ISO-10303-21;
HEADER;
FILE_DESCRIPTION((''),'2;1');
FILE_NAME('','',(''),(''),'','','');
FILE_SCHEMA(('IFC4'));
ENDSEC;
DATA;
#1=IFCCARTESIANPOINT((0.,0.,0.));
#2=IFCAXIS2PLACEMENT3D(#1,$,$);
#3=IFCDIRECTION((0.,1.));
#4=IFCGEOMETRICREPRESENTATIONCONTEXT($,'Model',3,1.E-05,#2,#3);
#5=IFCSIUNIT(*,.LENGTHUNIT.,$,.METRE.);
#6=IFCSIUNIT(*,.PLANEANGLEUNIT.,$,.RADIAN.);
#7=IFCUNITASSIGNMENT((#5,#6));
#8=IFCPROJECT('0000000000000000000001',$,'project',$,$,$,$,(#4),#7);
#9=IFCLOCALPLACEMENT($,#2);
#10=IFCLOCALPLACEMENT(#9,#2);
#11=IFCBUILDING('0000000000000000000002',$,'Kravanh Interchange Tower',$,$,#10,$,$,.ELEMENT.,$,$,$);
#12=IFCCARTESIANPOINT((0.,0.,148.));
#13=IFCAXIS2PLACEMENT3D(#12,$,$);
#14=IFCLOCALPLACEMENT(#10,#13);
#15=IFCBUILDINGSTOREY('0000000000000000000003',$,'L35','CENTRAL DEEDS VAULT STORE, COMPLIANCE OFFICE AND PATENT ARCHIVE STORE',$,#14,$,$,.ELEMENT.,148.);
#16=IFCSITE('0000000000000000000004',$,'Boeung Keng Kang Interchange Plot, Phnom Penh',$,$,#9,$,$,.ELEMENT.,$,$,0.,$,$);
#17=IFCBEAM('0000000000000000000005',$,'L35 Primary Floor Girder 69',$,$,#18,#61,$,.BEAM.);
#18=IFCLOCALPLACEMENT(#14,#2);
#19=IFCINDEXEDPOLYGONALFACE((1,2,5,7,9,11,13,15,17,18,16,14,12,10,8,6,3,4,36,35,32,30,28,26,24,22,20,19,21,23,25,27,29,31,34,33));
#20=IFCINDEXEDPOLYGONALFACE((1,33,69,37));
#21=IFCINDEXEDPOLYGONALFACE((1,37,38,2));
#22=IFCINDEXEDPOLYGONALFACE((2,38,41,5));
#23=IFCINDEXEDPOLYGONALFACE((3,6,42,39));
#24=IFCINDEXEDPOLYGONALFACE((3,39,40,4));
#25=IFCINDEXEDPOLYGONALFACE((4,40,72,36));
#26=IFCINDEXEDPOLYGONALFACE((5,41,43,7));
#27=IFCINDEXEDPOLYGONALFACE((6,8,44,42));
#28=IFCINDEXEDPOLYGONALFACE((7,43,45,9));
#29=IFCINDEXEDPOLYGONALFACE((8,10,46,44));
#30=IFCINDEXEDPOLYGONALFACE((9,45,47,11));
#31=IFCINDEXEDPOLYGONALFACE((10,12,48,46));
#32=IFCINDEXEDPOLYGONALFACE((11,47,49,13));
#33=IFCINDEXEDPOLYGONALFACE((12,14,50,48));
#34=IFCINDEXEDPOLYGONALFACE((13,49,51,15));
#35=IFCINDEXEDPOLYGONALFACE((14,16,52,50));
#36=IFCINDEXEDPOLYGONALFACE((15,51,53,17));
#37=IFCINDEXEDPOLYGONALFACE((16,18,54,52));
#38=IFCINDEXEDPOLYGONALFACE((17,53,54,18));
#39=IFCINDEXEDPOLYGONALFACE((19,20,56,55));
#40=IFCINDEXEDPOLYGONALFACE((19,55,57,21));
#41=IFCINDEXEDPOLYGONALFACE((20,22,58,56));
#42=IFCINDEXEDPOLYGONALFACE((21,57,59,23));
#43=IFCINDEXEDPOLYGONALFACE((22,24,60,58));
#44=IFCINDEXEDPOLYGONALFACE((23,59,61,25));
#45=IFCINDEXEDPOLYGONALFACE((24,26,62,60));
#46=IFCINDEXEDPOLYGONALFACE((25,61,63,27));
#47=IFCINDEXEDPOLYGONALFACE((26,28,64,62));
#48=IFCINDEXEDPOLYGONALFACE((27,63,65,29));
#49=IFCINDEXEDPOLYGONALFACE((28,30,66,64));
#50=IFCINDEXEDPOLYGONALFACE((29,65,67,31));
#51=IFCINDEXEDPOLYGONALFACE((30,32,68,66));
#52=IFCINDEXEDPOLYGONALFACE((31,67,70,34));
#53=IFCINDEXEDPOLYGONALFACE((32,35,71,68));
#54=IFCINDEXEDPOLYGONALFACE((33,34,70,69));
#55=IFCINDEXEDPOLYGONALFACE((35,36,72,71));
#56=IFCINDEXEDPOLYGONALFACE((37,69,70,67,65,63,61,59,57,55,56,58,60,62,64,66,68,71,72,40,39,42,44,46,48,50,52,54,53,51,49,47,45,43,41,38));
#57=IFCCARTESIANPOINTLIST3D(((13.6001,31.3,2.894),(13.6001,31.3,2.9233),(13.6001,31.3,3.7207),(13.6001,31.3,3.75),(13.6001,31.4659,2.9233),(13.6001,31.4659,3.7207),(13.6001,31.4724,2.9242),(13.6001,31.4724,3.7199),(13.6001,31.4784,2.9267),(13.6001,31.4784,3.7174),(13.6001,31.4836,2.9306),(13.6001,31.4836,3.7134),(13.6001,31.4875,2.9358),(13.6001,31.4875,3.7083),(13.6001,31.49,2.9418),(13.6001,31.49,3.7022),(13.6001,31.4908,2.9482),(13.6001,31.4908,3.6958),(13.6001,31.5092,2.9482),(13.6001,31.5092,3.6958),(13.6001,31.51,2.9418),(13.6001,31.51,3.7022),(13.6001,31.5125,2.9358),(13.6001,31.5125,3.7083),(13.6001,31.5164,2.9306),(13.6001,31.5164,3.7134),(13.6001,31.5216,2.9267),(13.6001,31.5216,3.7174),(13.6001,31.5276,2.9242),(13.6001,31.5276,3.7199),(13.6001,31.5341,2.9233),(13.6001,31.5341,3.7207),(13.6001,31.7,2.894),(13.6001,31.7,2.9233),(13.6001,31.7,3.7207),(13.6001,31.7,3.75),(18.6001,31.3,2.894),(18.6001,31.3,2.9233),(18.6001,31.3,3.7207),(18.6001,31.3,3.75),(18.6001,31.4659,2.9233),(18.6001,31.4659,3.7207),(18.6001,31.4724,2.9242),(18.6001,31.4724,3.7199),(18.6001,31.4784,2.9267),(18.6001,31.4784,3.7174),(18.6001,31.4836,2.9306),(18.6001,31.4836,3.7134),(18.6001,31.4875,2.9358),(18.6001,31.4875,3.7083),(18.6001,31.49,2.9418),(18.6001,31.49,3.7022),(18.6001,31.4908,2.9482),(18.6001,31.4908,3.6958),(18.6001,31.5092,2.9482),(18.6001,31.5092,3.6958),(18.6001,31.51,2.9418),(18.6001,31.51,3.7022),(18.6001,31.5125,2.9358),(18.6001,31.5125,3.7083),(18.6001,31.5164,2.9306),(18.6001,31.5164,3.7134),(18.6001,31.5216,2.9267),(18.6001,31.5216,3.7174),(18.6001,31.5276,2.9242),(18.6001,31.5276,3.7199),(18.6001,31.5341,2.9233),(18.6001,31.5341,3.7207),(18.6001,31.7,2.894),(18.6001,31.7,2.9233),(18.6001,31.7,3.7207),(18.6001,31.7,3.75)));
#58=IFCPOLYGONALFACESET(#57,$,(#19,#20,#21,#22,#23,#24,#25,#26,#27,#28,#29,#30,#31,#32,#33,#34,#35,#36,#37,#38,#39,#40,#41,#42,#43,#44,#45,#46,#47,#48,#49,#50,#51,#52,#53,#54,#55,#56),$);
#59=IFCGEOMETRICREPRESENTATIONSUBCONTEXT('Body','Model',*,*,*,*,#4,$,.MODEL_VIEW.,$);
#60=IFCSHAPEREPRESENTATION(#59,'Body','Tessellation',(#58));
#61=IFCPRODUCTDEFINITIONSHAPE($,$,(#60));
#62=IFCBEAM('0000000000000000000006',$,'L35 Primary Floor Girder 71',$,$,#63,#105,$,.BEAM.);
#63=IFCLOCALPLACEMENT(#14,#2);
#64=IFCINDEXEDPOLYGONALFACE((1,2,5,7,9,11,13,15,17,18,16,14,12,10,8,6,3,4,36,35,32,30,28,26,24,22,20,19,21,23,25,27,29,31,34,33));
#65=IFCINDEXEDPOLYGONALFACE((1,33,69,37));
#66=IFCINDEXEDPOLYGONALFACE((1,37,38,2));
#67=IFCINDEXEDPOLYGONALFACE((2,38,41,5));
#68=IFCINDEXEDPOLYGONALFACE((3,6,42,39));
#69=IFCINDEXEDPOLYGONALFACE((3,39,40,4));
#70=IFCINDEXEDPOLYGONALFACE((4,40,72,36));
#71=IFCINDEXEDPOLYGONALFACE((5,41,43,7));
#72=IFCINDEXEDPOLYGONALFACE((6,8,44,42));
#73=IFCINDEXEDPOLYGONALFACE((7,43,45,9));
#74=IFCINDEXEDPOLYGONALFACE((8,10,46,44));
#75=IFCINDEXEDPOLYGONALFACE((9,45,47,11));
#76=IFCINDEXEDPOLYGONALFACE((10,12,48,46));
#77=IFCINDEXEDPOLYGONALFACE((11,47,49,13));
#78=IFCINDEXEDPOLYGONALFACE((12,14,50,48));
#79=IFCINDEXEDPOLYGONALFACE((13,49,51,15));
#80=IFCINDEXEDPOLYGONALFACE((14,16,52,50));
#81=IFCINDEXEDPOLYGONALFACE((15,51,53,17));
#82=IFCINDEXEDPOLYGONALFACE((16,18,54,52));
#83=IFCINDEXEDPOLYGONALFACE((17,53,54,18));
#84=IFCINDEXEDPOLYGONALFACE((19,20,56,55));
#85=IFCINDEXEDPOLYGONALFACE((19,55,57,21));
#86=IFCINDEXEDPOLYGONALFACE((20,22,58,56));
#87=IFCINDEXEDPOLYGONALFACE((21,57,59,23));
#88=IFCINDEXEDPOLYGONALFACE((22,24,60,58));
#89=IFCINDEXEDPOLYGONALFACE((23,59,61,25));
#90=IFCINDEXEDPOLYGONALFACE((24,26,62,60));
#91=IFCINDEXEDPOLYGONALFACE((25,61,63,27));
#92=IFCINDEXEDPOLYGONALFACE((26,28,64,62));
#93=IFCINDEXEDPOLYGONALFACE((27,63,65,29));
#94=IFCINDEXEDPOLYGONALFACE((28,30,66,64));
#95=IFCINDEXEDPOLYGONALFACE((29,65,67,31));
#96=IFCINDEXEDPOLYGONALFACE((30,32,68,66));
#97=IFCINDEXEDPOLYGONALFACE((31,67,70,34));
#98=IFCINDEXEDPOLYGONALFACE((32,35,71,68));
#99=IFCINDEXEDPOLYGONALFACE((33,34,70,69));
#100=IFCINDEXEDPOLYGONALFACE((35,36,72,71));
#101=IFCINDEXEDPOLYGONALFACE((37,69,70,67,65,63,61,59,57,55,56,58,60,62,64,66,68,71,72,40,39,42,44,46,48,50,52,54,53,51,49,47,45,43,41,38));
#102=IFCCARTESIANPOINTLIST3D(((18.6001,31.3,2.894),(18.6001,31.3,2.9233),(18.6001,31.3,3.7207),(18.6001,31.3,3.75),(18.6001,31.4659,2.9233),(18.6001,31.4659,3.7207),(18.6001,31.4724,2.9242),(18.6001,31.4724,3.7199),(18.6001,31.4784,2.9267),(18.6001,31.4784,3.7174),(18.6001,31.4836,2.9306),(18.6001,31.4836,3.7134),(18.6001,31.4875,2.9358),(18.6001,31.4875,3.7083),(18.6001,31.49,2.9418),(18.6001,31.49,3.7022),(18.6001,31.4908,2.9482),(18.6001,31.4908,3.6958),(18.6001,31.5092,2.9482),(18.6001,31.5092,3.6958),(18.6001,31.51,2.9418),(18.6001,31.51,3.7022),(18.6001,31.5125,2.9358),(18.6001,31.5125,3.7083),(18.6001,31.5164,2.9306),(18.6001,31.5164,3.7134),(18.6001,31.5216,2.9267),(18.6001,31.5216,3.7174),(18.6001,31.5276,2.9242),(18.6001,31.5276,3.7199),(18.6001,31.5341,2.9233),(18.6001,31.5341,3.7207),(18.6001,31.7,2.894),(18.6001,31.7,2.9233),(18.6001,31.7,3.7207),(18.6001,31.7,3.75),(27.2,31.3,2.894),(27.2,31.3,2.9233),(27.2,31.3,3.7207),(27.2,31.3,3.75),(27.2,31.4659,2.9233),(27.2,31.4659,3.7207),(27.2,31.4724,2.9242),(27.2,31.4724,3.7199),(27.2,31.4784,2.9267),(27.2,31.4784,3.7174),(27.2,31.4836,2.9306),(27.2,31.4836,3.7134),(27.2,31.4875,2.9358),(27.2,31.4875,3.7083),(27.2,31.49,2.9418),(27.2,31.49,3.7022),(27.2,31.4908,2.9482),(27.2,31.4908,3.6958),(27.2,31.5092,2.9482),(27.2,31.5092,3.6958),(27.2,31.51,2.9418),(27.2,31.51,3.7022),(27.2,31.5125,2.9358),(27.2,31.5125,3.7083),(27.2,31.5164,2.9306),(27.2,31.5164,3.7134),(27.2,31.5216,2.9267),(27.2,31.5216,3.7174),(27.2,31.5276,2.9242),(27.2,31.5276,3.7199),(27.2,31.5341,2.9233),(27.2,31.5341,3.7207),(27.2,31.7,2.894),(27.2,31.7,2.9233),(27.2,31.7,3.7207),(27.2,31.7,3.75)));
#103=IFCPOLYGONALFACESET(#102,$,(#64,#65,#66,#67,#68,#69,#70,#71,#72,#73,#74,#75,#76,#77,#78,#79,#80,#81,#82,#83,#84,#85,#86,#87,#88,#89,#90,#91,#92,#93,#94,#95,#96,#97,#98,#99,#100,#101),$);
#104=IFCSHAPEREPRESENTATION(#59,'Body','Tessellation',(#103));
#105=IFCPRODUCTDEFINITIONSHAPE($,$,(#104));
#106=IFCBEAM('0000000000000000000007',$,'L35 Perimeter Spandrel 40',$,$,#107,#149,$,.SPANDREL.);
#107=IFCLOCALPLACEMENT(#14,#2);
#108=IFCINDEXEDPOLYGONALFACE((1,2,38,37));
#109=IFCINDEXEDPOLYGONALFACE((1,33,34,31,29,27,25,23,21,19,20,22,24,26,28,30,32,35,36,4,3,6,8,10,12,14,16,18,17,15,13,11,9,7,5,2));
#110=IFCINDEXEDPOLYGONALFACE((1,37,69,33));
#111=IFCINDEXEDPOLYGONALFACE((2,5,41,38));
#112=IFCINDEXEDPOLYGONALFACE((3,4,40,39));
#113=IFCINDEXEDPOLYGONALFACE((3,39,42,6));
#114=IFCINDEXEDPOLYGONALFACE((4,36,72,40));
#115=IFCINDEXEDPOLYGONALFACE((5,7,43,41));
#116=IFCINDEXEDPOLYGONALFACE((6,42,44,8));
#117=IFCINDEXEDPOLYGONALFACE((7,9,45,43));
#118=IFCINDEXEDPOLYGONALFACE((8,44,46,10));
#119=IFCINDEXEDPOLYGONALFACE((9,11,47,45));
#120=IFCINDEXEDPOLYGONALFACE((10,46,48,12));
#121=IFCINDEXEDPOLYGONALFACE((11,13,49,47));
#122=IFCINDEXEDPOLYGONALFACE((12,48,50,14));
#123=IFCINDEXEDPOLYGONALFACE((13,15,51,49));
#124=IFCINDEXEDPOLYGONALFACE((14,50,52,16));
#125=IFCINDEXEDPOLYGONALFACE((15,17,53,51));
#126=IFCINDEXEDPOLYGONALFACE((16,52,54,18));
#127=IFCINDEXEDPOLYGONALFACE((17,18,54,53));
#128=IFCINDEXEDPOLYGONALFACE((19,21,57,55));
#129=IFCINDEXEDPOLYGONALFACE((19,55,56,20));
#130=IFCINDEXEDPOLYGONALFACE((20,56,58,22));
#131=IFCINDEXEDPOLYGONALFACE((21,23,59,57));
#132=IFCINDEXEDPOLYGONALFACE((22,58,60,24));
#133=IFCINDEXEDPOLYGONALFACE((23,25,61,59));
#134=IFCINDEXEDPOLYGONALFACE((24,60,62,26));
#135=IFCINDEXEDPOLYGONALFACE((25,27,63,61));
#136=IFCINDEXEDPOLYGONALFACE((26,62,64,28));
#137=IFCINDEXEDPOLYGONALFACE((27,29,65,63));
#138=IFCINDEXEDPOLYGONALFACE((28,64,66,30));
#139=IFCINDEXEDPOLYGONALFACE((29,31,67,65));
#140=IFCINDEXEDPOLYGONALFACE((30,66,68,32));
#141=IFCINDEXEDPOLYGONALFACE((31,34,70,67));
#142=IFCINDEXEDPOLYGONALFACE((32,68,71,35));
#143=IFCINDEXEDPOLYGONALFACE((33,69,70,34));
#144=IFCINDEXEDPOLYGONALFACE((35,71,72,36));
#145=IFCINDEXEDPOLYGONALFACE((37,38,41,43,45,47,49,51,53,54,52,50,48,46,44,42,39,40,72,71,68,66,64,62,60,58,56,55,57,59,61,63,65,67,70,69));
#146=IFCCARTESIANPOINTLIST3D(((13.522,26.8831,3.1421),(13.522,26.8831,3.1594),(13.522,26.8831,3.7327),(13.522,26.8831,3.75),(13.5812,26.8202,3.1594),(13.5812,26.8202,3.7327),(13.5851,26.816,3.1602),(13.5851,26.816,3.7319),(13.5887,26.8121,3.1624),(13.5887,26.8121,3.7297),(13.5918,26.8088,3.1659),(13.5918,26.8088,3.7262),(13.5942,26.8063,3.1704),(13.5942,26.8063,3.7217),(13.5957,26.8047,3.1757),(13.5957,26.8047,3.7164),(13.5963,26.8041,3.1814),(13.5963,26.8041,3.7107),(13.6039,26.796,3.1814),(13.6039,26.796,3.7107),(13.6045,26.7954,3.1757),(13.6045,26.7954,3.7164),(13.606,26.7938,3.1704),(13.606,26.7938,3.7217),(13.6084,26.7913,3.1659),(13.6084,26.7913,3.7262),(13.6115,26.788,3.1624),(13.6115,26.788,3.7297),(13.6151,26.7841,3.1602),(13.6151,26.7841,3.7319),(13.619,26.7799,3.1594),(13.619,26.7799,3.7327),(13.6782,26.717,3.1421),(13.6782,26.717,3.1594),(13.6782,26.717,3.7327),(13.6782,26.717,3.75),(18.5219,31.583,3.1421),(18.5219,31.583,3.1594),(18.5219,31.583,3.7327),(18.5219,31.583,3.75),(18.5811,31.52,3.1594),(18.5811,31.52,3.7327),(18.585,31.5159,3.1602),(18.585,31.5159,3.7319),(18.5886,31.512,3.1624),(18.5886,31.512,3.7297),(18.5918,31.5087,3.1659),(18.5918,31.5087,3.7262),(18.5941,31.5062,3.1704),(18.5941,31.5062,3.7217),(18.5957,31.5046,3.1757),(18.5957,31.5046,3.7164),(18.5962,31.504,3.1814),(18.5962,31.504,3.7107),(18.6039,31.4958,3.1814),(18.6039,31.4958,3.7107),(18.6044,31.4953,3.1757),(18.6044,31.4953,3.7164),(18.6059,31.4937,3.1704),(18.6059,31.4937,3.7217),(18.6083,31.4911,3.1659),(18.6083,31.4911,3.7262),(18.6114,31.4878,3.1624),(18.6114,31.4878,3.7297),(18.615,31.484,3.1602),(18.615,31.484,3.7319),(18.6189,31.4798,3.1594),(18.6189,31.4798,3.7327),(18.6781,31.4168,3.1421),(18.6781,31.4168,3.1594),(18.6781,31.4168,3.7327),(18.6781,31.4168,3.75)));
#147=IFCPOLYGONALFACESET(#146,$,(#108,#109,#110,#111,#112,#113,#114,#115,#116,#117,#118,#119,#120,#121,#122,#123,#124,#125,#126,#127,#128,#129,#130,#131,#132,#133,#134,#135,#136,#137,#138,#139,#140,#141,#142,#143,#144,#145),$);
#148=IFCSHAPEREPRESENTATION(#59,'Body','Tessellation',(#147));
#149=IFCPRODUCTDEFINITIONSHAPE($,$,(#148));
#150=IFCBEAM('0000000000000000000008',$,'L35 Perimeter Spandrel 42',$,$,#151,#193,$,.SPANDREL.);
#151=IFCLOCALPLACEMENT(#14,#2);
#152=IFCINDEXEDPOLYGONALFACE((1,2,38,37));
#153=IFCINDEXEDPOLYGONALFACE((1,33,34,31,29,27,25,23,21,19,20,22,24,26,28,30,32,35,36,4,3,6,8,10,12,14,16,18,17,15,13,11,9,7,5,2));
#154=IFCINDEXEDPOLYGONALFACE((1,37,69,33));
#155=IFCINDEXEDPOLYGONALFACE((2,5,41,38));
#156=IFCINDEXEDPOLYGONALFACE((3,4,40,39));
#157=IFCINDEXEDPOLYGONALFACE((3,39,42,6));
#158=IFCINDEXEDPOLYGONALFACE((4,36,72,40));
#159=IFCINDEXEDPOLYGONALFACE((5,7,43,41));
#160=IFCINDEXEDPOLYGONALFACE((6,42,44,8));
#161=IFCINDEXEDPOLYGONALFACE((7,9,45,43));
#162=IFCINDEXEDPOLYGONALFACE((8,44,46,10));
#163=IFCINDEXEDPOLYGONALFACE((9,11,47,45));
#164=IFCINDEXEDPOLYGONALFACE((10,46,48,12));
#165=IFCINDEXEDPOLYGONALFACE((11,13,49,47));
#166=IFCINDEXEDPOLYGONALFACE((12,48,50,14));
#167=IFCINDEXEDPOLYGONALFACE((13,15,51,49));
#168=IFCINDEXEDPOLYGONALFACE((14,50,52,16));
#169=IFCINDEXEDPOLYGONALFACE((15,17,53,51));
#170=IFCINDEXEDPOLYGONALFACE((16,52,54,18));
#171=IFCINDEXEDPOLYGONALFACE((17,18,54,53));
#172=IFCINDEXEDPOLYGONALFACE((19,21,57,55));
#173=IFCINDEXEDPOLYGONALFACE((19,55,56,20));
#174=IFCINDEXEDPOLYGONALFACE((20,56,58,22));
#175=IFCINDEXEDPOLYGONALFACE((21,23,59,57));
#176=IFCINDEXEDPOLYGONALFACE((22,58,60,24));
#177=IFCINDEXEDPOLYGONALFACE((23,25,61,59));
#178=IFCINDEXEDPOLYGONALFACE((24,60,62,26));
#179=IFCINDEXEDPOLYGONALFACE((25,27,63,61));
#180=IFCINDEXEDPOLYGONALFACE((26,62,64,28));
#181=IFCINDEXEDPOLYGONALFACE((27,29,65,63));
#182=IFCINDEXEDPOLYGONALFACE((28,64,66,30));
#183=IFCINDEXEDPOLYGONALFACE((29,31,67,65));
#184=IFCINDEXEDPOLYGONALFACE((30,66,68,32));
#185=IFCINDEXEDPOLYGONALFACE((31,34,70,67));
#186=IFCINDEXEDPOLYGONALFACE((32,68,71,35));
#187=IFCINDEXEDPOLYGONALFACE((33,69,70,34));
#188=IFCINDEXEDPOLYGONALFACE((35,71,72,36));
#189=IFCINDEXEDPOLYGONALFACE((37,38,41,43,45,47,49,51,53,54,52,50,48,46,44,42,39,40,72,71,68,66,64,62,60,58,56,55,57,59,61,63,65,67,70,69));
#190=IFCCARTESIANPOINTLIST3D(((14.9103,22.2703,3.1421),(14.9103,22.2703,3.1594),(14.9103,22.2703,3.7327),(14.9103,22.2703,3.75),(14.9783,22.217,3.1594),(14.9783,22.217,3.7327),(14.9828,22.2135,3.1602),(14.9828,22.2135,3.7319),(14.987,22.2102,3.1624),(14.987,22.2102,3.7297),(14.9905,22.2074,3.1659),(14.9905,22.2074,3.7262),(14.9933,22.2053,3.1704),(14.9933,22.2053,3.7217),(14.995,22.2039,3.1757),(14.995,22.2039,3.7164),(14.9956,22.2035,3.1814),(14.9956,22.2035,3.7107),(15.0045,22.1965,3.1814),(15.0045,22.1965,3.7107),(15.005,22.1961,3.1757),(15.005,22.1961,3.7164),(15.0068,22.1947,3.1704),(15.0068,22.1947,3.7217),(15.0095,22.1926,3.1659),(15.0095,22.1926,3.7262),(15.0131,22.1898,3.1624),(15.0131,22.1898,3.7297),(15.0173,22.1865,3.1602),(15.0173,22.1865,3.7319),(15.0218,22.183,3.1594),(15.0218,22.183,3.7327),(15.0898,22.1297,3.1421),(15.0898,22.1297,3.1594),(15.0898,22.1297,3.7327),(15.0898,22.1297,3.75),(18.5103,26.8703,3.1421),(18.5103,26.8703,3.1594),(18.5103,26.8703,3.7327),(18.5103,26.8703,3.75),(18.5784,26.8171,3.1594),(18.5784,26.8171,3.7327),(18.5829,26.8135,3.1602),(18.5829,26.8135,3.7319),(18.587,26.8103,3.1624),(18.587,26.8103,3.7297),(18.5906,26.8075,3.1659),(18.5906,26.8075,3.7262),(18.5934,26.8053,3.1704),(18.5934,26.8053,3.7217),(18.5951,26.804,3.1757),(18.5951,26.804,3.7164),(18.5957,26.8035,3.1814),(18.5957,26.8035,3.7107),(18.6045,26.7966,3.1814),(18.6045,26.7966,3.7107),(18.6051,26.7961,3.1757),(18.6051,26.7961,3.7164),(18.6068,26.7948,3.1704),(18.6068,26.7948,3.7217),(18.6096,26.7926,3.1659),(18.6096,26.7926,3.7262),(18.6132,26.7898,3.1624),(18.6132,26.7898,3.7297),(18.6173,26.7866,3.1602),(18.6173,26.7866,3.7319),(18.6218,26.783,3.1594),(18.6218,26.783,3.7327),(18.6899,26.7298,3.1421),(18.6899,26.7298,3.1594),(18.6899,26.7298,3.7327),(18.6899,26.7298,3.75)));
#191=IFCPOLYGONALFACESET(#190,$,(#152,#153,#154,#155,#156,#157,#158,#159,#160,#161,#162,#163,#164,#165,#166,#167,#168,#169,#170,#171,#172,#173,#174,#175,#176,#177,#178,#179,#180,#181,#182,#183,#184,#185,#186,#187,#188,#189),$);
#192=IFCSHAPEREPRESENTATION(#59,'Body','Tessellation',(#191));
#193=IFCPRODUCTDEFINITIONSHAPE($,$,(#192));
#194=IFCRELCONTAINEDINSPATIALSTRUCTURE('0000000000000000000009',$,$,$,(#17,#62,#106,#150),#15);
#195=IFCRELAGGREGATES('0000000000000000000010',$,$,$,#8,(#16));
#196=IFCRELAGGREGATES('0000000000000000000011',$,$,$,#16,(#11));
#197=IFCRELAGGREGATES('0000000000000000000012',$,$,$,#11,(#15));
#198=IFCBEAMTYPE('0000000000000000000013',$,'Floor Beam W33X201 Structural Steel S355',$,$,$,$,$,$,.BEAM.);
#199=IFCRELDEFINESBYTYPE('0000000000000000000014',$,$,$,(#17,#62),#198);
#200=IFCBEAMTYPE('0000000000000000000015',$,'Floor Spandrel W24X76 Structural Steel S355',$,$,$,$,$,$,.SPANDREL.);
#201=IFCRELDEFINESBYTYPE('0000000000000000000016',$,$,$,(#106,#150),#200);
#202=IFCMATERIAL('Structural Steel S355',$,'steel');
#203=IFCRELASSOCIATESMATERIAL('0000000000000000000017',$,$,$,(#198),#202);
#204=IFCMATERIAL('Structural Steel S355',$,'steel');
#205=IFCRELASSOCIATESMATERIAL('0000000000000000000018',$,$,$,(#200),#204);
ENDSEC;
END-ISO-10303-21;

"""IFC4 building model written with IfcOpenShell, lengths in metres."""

from ifc_helpers import new_model, si_unit, direction, frame, origin, origin_2d, place, context, subcontext, project, spatial, i_section, extrude, material, material_profile, profile_set, type_object, element, save


model = new_model("IFC4")

# Units and contexts
model_context = context("Model", 3, precision=1e-05, world=origin(), true_north=direction((0.0, 1.0)))
body_context = subcontext(model_context, "Body", "Model", "MODEL_VIEW")
ifc_project = project(units=[si_unit("LENGTHUNIT", "METRE"), si_unit("PLANEANGLEUNIT", "RADIAN")], contexts=[model_context])

# Site, building, storey
site_placement = place(None, origin())
site = spatial("IfcSite", under=ifc_project, at=site_placement, Name="Boeung Keng Kang Interchange Plot, Phnom Penh", CompositionType="ELEMENT", RefElevation=0.0)
building_placement = place(site_placement, origin())
building = spatial("IfcBuilding", under=site, at=building_placement, Name="Kravanh Interchange Tower", CompositionType="ELEMENT")
storey_placement = place(building_placement, frame((0.0, 0.0, 148.0)))
storey = spatial("IfcBuildingStorey", under=building, at=storey_placement, Name="L35", Description="CENTRAL DEEDS VAULT STORE, COMPLIANCE OFFICE AND PATENT ARCHIVE STORE", CompositionType="ELEMENT", Elevation=148.0)

# Beams
ifc_material_1 = material(Name="Structural Steel S355", Category="steel")
ifc_material_profile_1 = material_profile(ifc_material_1, i_section(OverallWidth=0.3999, OverallDepth=0.856, WebThickness=0.0183, FlangeThickness=0.0293, FilletRadius=0.0249, at=origin_2d()), Name="W33X201")
ifc_profile_set_1 = profile_set([ifc_material_profile_1], Name="Structural Steel S355")
beam_type_1 = type_object("IfcBeamType", Name="Floor Beam W33X201 Structural Steel S355", PredefinedType="BEAM", material=ifc_profile_set_1)
beam_1_placement = place(storey_placement, frame((13.6001, 31.5, 3.322), z_axis=(1.0, 0.0, 0.0), x_axis=(0.0, 1.0, 0.0)))
element("IfcBeam", 1, at=beam_1_placement, inside=storey, type_object=beam_type_1, Name="L35 Primary Floor Girder 69", PredefinedType="BEAM", context=body_context, shape_type="SweptSolid", body=[
    extrude(i_section(OverallWidth=0.3999, OverallDepth=0.856, WebThickness=0.0183, FlangeThickness=0.0293, FilletRadius=0.0249, at=origin_2d()), origin(), (0.0, 0.0, 1.0), 5.0),
])
beam_2_placement = place(storey_placement, frame((18.6001, 31.5, 3.322), z_axis=(1.0, 0.0, 0.0), x_axis=(0.0, 1.0, 0.0)))
element("IfcBeam", 2, at=beam_2_placement, inside=storey, type_object=beam_type_1, Name="L35 Primary Floor Girder 71", PredefinedType="BEAM", context=body_context, shape_type="SweptSolid", body=[
    extrude(i_section(OverallWidth=0.3999, OverallDepth=0.856, WebThickness=0.0183, FlangeThickness=0.0293, FilletRadius=0.0249, at=origin_2d()), origin(), (0.0, 0.0, 1.0), 8.5999),
])
ifc_material_2 = material(Name="Structural Steel S355", Category="steel")
ifc_material_profile_2 = material_profile(ifc_material_2, i_section(OverallWidth=0.228, OverallDepth=0.6079, WebThickness=0.0112, FlangeThickness=0.0173, FilletRadius=0.022, at=origin_2d()), Name="W24X76")
ifc_profile_set_2 = profile_set([ifc_material_profile_2], Name="Structural Steel S355")
beam_type_2 = type_object("IfcBeamType", Name="Floor Spandrel W24X76 Structural Steel S355", PredefinedType="SPANDREL", material=ifc_profile_set_2)
beam_3_placement = place(storey_placement, frame((13.6001, 26.8, 3.446), z_axis=(0.728631, 0.684906, 0.0), x_axis=(-0.684906, 0.728631, 0.0)))
element("IfcBeam", 3, at=beam_3_placement, inside=storey, type_object=beam_type_2, Name="L35 Perimeter Spandrel 40", PredefinedType="SPANDREL", context=body_context, shape_type="SweptSolid", body=[
    extrude(i_section(OverallWidth=0.228, OverallDepth=0.6079, WebThickness=0.0112, FlangeThickness=0.0173, FilletRadius=0.022, at=origin_2d()), origin(), (0.0, 0.0, 1.0), 6.8621),
])
beam_4_placement = place(storey_placement, frame((18.6001, 26.8, 3.446), z_axis=(-0.616311, -0.787503, 0.0), x_axis=(0.787503, -0.616311, 0.0)))
element("IfcBeam", 4, at=beam_4_placement, inside=storey, type_object=beam_type_2, Name="L35 Perimeter Spandrel 42", PredefinedType="SPANDREL", context=body_context, shape_type="SweptSolid", body=[
    extrude(i_section(OverallWidth=0.228, OverallDepth=0.6079, WebThickness=0.0112, FlangeThickness=0.0173, FilletRadius=0.022, at=origin_2d()), origin(), (0.0, 0.0, 1.0), 5.8413),
])

save(model, "model.ifc")
